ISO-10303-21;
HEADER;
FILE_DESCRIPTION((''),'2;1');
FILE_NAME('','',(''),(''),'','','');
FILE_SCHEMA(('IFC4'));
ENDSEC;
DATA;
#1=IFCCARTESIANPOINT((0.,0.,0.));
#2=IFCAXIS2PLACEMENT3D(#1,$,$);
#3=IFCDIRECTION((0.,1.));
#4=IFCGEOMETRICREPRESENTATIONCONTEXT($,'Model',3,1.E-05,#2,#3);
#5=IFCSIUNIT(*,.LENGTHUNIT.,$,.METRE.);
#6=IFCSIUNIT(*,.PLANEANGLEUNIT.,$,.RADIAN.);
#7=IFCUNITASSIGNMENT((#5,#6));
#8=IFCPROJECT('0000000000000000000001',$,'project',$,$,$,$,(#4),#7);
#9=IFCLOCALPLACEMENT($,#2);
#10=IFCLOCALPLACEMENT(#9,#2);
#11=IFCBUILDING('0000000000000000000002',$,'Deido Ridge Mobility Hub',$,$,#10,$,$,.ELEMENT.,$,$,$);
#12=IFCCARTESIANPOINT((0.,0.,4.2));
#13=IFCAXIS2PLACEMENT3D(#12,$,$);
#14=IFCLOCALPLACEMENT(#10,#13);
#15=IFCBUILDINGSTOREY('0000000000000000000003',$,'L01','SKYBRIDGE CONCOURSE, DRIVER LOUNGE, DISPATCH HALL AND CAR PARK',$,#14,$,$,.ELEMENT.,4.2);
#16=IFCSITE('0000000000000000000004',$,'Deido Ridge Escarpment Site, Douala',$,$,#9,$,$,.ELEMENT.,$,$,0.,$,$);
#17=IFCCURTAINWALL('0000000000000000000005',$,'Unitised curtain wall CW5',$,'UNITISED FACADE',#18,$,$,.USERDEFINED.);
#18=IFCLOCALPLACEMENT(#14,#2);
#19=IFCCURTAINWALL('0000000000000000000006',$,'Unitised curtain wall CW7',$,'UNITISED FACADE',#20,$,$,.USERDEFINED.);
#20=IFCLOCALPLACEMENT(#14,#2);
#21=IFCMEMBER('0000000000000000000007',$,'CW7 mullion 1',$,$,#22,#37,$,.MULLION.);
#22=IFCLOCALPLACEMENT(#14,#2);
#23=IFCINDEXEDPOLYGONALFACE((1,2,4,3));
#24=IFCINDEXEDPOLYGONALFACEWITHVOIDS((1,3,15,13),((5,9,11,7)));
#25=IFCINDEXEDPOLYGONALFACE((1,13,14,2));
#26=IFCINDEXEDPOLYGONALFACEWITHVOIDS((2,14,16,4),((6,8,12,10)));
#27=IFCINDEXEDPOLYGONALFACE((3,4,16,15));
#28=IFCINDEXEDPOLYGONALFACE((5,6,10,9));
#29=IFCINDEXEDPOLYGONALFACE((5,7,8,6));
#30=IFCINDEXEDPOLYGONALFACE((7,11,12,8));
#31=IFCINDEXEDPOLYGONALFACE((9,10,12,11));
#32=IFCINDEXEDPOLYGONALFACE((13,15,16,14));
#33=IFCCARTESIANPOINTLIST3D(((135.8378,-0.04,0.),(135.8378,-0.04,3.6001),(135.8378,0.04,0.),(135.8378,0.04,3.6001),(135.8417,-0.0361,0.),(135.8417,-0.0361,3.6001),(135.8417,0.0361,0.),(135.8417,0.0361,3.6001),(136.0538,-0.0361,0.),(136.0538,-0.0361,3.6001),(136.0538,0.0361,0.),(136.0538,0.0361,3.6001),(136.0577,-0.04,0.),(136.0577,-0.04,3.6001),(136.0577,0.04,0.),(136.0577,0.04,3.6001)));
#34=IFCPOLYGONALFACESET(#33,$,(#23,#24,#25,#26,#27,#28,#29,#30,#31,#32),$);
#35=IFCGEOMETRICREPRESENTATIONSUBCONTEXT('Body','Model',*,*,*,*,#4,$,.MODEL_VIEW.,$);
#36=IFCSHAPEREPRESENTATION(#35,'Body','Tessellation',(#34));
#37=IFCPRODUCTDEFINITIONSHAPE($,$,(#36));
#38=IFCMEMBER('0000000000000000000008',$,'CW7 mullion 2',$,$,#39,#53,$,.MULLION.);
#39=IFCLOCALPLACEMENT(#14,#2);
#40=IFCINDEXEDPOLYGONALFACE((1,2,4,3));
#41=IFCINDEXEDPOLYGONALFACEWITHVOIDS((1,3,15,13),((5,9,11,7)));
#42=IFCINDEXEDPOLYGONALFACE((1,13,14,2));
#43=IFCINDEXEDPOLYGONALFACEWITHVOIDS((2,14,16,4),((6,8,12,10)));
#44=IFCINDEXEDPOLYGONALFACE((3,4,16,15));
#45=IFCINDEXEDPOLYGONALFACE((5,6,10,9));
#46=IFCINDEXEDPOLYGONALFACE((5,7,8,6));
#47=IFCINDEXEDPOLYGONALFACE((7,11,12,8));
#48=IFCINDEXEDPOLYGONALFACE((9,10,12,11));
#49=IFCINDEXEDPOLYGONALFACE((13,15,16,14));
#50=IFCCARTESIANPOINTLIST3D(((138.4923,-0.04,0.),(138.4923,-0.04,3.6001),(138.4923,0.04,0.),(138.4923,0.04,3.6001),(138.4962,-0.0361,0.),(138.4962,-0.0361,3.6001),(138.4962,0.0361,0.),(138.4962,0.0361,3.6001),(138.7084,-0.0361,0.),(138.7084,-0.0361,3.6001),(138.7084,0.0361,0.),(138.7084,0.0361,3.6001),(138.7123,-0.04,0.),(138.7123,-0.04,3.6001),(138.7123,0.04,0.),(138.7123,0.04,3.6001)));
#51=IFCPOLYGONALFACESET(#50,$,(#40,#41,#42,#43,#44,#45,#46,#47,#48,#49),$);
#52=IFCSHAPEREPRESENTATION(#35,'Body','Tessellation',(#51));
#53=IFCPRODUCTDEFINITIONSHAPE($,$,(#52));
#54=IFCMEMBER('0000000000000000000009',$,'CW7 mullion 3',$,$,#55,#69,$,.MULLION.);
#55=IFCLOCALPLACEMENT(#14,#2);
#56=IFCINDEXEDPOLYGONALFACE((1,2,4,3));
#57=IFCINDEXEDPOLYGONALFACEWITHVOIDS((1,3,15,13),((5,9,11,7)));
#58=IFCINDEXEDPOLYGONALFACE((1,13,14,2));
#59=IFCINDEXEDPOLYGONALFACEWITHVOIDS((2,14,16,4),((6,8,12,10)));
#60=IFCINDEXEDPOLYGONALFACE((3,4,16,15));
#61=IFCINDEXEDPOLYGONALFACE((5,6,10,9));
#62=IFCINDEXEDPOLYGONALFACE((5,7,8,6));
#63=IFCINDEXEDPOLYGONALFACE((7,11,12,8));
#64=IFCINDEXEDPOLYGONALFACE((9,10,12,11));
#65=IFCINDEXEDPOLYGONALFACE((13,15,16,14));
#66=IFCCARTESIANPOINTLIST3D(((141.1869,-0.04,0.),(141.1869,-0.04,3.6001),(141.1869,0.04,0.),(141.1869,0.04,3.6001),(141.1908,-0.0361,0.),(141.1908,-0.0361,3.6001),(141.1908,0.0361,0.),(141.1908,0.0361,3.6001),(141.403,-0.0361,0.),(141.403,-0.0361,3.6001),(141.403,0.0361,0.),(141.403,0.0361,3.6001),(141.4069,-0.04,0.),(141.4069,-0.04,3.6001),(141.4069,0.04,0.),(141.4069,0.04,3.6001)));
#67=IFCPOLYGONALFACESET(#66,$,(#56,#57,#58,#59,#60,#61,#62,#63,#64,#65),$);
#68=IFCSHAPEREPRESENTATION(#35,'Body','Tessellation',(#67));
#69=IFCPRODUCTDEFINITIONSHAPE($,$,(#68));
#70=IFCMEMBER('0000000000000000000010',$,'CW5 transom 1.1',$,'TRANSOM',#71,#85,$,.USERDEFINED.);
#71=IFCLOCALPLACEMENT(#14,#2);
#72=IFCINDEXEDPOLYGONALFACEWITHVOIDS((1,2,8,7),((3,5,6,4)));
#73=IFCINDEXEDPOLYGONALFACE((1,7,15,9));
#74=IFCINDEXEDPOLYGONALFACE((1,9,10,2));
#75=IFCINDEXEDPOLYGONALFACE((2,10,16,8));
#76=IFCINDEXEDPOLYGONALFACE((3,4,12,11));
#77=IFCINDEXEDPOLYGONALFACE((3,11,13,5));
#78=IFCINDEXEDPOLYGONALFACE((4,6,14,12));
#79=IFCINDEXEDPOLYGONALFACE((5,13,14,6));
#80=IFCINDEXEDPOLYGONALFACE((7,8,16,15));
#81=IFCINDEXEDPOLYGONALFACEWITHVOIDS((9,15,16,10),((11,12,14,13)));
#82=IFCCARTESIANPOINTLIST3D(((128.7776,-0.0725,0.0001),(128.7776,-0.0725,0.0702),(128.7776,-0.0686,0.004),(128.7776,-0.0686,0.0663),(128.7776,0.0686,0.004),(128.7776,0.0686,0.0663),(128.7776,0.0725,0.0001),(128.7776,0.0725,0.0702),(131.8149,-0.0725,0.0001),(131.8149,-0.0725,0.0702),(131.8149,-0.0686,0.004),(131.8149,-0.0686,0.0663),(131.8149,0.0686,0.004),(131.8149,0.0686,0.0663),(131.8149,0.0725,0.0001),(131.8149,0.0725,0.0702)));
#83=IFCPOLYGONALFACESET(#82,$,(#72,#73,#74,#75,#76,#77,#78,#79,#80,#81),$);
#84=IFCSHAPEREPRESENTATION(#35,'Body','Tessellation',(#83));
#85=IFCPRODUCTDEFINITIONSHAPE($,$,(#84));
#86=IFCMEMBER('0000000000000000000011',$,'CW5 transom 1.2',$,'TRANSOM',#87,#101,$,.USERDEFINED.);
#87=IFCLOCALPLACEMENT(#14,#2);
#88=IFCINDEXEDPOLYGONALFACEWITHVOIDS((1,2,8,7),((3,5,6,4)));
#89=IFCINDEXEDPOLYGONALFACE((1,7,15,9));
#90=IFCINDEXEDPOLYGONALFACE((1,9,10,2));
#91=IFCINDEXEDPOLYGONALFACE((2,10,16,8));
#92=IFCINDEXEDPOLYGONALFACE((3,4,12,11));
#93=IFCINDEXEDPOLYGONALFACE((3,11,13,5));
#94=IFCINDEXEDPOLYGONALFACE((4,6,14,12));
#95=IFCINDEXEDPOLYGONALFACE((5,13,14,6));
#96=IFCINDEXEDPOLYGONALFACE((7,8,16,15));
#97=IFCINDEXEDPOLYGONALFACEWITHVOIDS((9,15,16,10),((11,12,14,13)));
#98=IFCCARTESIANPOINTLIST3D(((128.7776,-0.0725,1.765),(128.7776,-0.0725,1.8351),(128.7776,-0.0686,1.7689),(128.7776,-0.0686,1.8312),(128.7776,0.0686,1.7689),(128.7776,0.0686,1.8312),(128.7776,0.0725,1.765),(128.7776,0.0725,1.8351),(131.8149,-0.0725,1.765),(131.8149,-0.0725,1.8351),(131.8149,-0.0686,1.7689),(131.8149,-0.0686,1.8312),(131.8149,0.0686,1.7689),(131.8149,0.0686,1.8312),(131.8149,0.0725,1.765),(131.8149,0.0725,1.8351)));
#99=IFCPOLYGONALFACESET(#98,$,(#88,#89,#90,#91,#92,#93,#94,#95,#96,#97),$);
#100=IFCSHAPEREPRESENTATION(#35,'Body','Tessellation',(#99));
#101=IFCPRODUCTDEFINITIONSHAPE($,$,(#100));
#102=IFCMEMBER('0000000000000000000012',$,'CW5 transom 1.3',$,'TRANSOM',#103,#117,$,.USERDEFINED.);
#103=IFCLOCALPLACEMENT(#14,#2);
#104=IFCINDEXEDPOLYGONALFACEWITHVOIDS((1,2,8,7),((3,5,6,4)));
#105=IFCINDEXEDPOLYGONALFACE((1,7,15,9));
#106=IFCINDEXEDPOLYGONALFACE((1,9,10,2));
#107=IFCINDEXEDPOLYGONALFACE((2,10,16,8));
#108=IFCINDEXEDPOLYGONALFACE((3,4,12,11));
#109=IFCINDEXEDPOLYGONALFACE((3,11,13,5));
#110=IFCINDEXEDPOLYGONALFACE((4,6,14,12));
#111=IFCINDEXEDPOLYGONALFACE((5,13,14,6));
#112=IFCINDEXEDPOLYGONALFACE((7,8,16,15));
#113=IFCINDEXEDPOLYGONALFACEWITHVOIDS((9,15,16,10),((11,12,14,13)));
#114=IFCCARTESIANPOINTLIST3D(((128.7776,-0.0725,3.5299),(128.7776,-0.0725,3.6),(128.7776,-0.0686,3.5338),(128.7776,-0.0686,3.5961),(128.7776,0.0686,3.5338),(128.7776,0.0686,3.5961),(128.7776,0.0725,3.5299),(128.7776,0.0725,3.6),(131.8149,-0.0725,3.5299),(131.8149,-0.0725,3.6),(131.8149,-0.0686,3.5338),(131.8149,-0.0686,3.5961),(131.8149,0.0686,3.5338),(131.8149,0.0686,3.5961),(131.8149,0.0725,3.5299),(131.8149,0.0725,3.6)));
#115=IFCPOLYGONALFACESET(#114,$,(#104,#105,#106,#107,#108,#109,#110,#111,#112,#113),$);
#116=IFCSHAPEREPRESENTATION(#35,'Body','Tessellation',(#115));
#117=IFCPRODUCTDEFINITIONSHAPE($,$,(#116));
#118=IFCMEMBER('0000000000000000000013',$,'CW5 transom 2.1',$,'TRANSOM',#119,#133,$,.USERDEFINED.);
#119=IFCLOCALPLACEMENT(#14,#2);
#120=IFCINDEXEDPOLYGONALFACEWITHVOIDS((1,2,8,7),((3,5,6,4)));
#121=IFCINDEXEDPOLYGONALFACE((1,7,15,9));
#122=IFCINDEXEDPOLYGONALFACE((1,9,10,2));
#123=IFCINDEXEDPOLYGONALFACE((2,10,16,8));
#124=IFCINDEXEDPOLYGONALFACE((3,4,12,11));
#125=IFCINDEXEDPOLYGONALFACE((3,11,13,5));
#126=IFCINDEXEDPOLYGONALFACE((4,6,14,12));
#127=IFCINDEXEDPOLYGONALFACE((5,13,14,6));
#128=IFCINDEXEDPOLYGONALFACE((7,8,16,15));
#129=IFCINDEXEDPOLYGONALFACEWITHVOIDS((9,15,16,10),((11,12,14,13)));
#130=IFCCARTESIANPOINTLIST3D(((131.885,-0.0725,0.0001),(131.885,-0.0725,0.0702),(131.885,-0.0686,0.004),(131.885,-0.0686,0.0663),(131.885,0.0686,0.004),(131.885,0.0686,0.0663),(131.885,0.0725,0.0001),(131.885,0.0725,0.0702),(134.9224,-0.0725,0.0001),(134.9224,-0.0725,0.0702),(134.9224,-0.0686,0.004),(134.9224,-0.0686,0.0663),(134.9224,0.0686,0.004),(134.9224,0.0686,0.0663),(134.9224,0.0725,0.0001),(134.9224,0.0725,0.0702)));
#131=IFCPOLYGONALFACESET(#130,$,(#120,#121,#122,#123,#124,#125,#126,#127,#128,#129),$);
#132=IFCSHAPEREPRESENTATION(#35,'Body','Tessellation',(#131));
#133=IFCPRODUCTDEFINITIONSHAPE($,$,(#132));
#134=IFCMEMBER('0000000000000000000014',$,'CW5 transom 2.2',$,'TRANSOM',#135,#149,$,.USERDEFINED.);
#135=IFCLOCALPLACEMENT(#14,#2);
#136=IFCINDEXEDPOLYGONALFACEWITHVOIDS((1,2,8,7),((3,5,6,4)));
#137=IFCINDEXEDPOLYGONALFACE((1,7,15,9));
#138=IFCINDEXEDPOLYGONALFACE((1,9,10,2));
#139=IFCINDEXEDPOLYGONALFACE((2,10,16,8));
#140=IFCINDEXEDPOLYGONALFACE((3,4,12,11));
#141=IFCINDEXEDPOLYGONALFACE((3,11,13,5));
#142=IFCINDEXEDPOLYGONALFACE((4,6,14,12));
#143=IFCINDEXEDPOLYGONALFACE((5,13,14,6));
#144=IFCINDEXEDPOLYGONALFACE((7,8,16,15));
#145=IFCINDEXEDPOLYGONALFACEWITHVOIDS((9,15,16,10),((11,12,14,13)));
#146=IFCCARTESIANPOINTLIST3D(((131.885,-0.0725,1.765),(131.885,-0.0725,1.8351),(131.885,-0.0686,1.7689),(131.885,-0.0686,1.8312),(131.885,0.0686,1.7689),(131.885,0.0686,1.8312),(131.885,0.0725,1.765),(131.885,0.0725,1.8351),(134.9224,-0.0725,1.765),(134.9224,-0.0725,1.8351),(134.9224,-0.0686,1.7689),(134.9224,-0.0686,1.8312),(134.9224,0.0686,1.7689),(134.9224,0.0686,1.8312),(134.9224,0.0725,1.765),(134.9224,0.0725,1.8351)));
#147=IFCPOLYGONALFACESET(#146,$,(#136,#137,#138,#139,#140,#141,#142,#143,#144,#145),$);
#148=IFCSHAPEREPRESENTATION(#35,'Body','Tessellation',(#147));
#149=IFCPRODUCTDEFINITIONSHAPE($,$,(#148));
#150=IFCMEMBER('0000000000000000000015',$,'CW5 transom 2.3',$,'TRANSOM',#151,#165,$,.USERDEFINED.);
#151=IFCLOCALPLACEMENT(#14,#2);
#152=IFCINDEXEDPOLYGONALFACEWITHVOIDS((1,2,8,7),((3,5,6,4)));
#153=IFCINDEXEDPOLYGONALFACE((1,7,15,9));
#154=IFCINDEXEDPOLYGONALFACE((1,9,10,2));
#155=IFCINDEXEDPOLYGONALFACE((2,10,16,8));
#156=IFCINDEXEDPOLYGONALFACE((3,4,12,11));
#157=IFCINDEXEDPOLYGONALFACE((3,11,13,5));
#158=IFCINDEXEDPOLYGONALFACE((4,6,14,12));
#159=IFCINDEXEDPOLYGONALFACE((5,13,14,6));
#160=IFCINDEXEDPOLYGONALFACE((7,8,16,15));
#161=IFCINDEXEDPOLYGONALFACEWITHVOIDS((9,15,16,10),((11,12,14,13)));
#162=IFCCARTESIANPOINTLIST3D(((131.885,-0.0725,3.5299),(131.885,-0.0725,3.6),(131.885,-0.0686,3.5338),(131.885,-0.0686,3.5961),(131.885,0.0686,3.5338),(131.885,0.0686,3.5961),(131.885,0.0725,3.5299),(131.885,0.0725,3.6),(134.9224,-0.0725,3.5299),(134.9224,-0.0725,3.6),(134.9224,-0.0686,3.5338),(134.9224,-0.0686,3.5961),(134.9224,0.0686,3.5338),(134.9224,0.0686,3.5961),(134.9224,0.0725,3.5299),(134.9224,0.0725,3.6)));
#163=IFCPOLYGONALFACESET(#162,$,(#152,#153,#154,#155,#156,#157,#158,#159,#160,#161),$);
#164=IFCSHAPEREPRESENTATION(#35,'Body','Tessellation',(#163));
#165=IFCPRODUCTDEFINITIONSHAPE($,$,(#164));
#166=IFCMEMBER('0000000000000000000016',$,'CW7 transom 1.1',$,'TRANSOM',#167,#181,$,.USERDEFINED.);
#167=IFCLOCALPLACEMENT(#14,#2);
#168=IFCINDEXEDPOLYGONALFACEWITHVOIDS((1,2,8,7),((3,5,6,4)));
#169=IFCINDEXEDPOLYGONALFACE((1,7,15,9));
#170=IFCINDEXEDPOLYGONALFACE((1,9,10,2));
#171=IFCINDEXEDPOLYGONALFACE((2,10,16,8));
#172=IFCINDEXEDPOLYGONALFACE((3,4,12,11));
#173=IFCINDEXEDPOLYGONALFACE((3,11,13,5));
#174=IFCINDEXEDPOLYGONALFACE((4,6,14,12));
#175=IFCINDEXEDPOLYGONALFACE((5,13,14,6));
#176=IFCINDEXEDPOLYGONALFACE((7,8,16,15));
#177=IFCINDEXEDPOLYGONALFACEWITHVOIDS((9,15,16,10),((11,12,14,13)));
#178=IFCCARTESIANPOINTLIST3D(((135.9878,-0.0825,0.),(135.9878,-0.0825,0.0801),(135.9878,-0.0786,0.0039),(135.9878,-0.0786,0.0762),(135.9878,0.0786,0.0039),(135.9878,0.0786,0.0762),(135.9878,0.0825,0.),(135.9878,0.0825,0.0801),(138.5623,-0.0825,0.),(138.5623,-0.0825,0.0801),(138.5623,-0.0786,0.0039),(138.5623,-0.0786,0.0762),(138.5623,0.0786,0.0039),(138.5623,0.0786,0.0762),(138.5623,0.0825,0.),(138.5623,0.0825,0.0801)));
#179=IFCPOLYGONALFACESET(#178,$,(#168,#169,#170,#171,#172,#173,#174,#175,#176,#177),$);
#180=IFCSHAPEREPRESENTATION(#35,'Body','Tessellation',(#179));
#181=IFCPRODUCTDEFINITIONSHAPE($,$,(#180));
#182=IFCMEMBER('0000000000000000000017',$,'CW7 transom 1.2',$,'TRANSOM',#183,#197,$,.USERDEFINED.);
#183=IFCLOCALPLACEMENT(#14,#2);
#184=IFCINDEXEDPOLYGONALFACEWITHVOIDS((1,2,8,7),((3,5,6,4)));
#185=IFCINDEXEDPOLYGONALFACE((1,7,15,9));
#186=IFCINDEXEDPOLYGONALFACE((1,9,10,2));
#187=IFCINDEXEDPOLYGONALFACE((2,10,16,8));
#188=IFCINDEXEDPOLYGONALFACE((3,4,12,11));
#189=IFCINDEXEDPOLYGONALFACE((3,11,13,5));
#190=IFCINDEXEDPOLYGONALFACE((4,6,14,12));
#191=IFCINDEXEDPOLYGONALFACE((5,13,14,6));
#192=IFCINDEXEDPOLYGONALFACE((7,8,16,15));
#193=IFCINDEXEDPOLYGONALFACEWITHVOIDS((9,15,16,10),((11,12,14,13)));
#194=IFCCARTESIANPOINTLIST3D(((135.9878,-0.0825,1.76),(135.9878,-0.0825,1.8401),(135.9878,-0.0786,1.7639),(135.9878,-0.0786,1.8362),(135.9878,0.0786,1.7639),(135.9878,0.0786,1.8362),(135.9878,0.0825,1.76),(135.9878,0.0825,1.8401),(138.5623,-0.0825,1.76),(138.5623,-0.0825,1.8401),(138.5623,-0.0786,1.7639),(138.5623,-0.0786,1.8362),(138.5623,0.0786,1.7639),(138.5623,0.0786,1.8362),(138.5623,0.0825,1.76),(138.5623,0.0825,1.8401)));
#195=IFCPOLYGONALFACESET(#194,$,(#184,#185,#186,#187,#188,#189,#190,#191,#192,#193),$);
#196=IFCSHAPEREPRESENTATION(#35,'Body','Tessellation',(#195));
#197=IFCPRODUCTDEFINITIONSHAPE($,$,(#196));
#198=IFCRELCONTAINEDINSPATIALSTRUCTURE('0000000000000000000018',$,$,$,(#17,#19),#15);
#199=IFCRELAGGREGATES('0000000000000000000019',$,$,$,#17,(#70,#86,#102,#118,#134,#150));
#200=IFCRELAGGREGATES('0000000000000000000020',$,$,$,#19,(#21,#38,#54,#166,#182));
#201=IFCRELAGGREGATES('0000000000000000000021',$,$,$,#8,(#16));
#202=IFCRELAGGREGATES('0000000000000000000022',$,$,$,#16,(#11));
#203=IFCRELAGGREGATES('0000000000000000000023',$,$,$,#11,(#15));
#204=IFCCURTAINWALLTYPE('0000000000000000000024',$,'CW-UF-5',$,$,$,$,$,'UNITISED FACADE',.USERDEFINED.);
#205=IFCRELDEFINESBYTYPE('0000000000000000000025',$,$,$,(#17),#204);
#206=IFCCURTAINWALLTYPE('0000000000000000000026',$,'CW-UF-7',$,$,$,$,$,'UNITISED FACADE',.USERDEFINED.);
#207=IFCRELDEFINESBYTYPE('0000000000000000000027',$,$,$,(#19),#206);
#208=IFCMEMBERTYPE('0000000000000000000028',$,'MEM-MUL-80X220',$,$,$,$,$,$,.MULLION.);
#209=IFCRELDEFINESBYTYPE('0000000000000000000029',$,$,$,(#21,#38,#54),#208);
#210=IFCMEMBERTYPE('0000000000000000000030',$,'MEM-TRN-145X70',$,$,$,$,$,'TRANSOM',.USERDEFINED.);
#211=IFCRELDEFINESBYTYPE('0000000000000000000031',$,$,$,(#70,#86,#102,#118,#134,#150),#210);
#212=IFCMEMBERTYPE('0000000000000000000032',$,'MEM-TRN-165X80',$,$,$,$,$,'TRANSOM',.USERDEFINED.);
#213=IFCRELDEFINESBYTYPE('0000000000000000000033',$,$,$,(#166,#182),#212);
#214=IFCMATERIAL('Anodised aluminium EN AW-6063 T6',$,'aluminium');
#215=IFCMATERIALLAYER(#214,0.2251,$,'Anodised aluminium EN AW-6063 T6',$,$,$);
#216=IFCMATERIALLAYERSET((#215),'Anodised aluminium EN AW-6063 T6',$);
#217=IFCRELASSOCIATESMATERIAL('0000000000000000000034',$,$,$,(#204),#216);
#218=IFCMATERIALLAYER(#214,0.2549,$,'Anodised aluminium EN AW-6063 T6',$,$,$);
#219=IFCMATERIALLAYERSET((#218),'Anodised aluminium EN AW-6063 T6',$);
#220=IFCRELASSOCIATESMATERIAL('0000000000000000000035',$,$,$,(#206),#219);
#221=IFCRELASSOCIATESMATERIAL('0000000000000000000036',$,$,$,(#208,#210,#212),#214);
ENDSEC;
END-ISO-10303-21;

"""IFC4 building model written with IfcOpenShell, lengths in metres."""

from ifc_helpers import new_model, si_unit, direction, frame, origin, origin_2d, place, context, subcontext, project, spatial, hollow_rectangle, extrude, material, layer, layer_set, material_profile, profile_set, type_object, element, aggregate, save


model = new_model("IFC4")

# Units and contexts
model_context = context("Model", 3, precision=1e-05, world=origin(), true_north=direction((0.0, 1.0)))
body_context = subcontext(model_context, "Body", "Model", "MODEL_VIEW")
ifc_project = project(units=[si_unit("LENGTHUNIT", "METRE"), si_unit("PLANEANGLEUNIT", "RADIAN")], contexts=[model_context])

# Site, building, storey
site_placement = place(None, origin())
site = spatial("IfcSite", under=ifc_project, at=site_placement, Name="Deido Ridge Escarpment Site, Douala", CompositionType="ELEMENT", RefElevation=0.0)
building_placement = place(site_placement, origin())
building = spatial("IfcBuilding", under=site, at=building_placement, Name="Deido Ridge Mobility Hub", CompositionType="ELEMENT")
storey_placement = place(building_placement, frame((0.0, 0.0, 4.2)))
storey = spatial("IfcBuildingStorey", under=building, at=storey_placement, Name="L01", Description="SKYBRIDGE CONCOURSE, DRIVER LOUNGE, DISPATCH HALL AND CAR PARK", CompositionType="ELEMENT", Elevation=4.2)

# Curtain walls, members
ifc_material_1 = material(Name="Anodised aluminium EN AW-6063 T6", Category="aluminium")
ifc_layer_1 = layer(ifc_material_1, 0.2251, Name="Anodised aluminium EN AW-6063 T6")
ifc_layer_set_1 = layer_set([ifc_layer_1], Name="Anodised aluminium EN AW-6063 T6")
curtain_wall_type_1 = type_object("IfcCurtainWallType", Name="CW-UF-5", ElementType="UNITISED FACADE", PredefinedType="USERDEFINED", material=ifc_layer_set_1)
curtain_wall_1_placement = place(storey_placement, origin())
curtain_wall_1 = element("IfcCurtainWall", 1, at=curtain_wall_1_placement, inside=storey, type_object=curtain_wall_type_1, Name="Unitised curtain wall CW5", ObjectType="UNITISED FACADE", PredefinedType="USERDEFINED")
ifc_layer_2 = layer(ifc_material_1, 0.2549, Name="Anodised aluminium EN AW-6063 T6")
ifc_layer_set_2 = layer_set([ifc_layer_2], Name="Anodised aluminium EN AW-6063 T6")
curtain_wall_type_2 = type_object("IfcCurtainWallType", Name="CW-UF-7", ElementType="UNITISED FACADE", PredefinedType="USERDEFINED", material=ifc_layer_set_2)
curtain_wall_2_placement = place(storey_placement, origin())
curtain_wall_2 = element("IfcCurtainWall", 2, at=curtain_wall_2_placement, inside=storey, type_object=curtain_wall_type_2, Name="Unitised curtain wall CW7", ObjectType="UNITISED FACADE", PredefinedType="USERDEFINED")
ifc_material_profile_1 = material_profile(ifc_material_1, hollow_rectangle(XDim=0.0801, YDim=0.22, WallThickness=0.0039, at=origin_2d()), Name="RHS 80x220x4")
ifc_profile_set_1 = profile_set([ifc_material_profile_1], Name="Anodised aluminium EN AW-6063 T6")
member_type_1 = type_object("IfcMemberType", Name="MEM-MUL-80X220", PredefinedType="MULLION", material=ifc_profile_set_1)
member_1_placement = place(storey_placement, frame((135.9478, 0.0, 0.0), z_axis=(0.0, 0.0, 1.0), x_axis=(0.0, 1.0, 0.0)))
member_1 = element("IfcMember", 3, at=member_1_placement, type_object=member_type_1, Name="CW7 mullion 1", PredefinedType="MULLION", context=body_context, shape_type="SweptSolid", body=[
    extrude(hollow_rectangle(XDim=0.0801, YDim=0.22, WallThickness=0.0039, at=origin_2d()), origin(), (0.0, 0.0, 1.0), 3.6001),
])
member_2_placement = place(storey_placement, frame((138.6023, 0.0, 0.0), z_axis=(0.0, 0.0, 1.0), x_axis=(0.0, 1.0, 0.0)))
member_2 = element("IfcMember", 4, at=member_2_placement, type_object=member_type_1, Name="CW7 mullion 2", PredefinedType="MULLION", context=body_context, shape_type="SweptSolid", body=[
    extrude(hollow_rectangle(XDim=0.0801, YDim=0.22, WallThickness=0.0039, at=origin_2d()), origin(), (0.0, 0.0, 1.0), 3.6001),
])
member_3_placement = place(storey_placement, frame((141.2969, 0.0, 0.0), z_axis=(0.0, 0.0, 1.0), x_axis=(0.0, 1.0, 0.0)))
member_3 = element("IfcMember", 5, at=member_3_placement, type_object=member_type_1, Name="CW7 mullion 3", PredefinedType="MULLION", context=body_context, shape_type="SweptSolid", body=[
    extrude(hollow_rectangle(XDim=0.0801, YDim=0.22, WallThickness=0.0039, at=origin_2d()), origin(), (0.0, 0.0, 1.0), 3.6001),
])

# Members
ifc_material_profile_2 = material_profile(ifc_material_1, hollow_rectangle(XDim=0.145, YDim=0.0701, WallThickness=0.0039, at=origin_2d()), Name="RHS 145x70x4")
ifc_profile_set_2 = profile_set([ifc_material_profile_2], Name="Anodised aluminium EN AW-6063 T6")
member_type_2 = type_object("IfcMemberType", Name="MEM-TRN-145X70", ElementType="TRANSOM", PredefinedType="USERDEFINED", material=ifc_profile_set_2)
member_4_placement = place(storey_placement, frame((128.7776, 0.0, 0.0352), z_axis=(1.0, 0.0, 0.0), x_axis=(0.0, 1.0, 0.0)))
member_4 = element("IfcMember", 6, at=member_4_placement, type_object=member_type_2, Name="CW5 transom 1.1", ObjectType="TRANSOM", PredefinedType="USERDEFINED", context=body_context, shape_type="SweptSolid", body=[
    extrude(hollow_rectangle(XDim=0.145, YDim=0.0701, WallThickness=0.0039, at=origin_2d()), origin(), (0.0, 0.0, 1.0), 3.0374),
])
member_5_placement = place(storey_placement, frame((128.7776, 0.0, 1.8), z_axis=(1.0, 0.0, 0.0), x_axis=(0.0, 1.0, 0.0)))
member_5 = element("IfcMember", 7, at=member_5_placement, type_object=member_type_2, Name="CW5 transom 1.2", ObjectType="TRANSOM", PredefinedType="USERDEFINED", context=body_context, shape_type="SweptSolid", body=[
    extrude(hollow_rectangle(XDim=0.145, YDim=0.0701, WallThickness=0.0039, at=origin_2d()), origin(), (0.0, 0.0, 1.0), 3.0374),
])
member_6_placement = place(storey_placement, frame((128.7776, 0.0, 3.5649), z_axis=(1.0, 0.0, 0.0), x_axis=(0.0, 1.0, 0.0)))
member_6 = element("IfcMember", 8, at=member_6_placement, type_object=member_type_2, Name="CW5 transom 1.3", ObjectType="TRANSOM", PredefinedType="USERDEFINED", context=body_context, shape_type="SweptSolid", body=[
    extrude(hollow_rectangle(XDim=0.145, YDim=0.0701, WallThickness=0.0039, at=origin_2d()), origin(), (0.0, 0.0, 1.0), 3.0374),
])
member_7_placement = place(storey_placement, frame((131.885, 0.0, 0.0352), z_axis=(1.0, 0.0, 0.0), x_axis=(0.0, 1.0, 0.0)))
member_7 = element("IfcMember", 9, at=member_7_placement, type_object=member_type_2, Name="CW5 transom 2.1", ObjectType="TRANSOM", PredefinedType="USERDEFINED", context=body_context, shape_type="SweptSolid", body=[
    extrude(hollow_rectangle(XDim=0.145, YDim=0.0701, WallThickness=0.0039, at=origin_2d()), origin(), (0.0, 0.0, 1.0), 3.0374),
])
member_8_placement = place(storey_placement, frame((131.885, 0.0, 1.8), z_axis=(1.0, 0.0, 0.0), x_axis=(0.0, 1.0, 0.0)))
member_8 = element("IfcMember", 10, at=member_8_placement, type_object=member_type_2, Name="CW5 transom 2.2", ObjectType="TRANSOM", PredefinedType="USERDEFINED", context=body_context, shape_type="SweptSolid", body=[
    extrude(hollow_rectangle(XDim=0.145, YDim=0.0701, WallThickness=0.0039, at=origin_2d()), origin(), (0.0, 0.0, 1.0), 3.0374),
])
member_9_placement = place(storey_placement, frame((131.885, 0.0, 3.5649), z_axis=(1.0, 0.0, 0.0), x_axis=(0.0, 1.0, 0.0)))
member_9 = element("IfcMember", 11, at=member_9_placement, type_object=member_type_2, Name="CW5 transom 2.3", ObjectType="TRANSOM", PredefinedType="USERDEFINED", context=body_context, shape_type="SweptSolid", body=[
    extrude(hollow_rectangle(XDim=0.145, YDim=0.0701, WallThickness=0.0039, at=origin_2d()), origin(), (0.0, 0.0, 1.0), 3.0374),
])
ifc_material_profile_3 = material_profile(ifc_material_1, hollow_rectangle(XDim=0.165, YDim=0.0801, WallThickness=0.0039, at=origin_2d()), Name="RHS 165x80x4")
ifc_profile_set_3 = profile_set([ifc_material_profile_3], Name="Anodised aluminium EN AW-6063 T6")
member_type_3 = type_object("IfcMemberType", Name="MEM-TRN-165X80", ElementType="TRANSOM", PredefinedType="USERDEFINED", material=ifc_profile_set_3)
member_10_placement = place(storey_placement, frame((135.9878, 0.0, 0.04), z_axis=(1.0, 0.0, 0.0), x_axis=(0.0, 1.0, 0.0)))
member_10 = element("IfcMember", 12, at=member_10_placement, type_object=member_type_3, Name="CW7 transom 1.1", ObjectType="TRANSOM", PredefinedType="USERDEFINED", context=body_context, shape_type="SweptSolid", body=[
    extrude(hollow_rectangle(XDim=0.165, YDim=0.0801, WallThickness=0.0039, at=origin_2d()), origin(), (0.0, 0.0, 1.0), 2.5745),
])
member_11_placement = place(storey_placement, frame((135.9878, 0.0, 1.8), z_axis=(1.0, 0.0, 0.0), x_axis=(0.0, 1.0, 0.0)))
member_11 = element("IfcMember", 13, at=member_11_placement, type_object=member_type_3, Name="CW7 transom 1.2", ObjectType="TRANSOM", PredefinedType="USERDEFINED", context=body_context, shape_type="SweptSolid", body=[
    extrude(hollow_rectangle(XDim=0.165, YDim=0.0801, WallThickness=0.0039, at=origin_2d()), origin(), (0.0, 0.0, 1.0), 2.5745),
])

aggregate(curtain_wall_1, [member_4, member_5, member_6, member_7, member_8, member_9])
aggregate(curtain_wall_2, [member_1, member_2, member_3, member_10, member_11])

save(model, "model.ifc")
